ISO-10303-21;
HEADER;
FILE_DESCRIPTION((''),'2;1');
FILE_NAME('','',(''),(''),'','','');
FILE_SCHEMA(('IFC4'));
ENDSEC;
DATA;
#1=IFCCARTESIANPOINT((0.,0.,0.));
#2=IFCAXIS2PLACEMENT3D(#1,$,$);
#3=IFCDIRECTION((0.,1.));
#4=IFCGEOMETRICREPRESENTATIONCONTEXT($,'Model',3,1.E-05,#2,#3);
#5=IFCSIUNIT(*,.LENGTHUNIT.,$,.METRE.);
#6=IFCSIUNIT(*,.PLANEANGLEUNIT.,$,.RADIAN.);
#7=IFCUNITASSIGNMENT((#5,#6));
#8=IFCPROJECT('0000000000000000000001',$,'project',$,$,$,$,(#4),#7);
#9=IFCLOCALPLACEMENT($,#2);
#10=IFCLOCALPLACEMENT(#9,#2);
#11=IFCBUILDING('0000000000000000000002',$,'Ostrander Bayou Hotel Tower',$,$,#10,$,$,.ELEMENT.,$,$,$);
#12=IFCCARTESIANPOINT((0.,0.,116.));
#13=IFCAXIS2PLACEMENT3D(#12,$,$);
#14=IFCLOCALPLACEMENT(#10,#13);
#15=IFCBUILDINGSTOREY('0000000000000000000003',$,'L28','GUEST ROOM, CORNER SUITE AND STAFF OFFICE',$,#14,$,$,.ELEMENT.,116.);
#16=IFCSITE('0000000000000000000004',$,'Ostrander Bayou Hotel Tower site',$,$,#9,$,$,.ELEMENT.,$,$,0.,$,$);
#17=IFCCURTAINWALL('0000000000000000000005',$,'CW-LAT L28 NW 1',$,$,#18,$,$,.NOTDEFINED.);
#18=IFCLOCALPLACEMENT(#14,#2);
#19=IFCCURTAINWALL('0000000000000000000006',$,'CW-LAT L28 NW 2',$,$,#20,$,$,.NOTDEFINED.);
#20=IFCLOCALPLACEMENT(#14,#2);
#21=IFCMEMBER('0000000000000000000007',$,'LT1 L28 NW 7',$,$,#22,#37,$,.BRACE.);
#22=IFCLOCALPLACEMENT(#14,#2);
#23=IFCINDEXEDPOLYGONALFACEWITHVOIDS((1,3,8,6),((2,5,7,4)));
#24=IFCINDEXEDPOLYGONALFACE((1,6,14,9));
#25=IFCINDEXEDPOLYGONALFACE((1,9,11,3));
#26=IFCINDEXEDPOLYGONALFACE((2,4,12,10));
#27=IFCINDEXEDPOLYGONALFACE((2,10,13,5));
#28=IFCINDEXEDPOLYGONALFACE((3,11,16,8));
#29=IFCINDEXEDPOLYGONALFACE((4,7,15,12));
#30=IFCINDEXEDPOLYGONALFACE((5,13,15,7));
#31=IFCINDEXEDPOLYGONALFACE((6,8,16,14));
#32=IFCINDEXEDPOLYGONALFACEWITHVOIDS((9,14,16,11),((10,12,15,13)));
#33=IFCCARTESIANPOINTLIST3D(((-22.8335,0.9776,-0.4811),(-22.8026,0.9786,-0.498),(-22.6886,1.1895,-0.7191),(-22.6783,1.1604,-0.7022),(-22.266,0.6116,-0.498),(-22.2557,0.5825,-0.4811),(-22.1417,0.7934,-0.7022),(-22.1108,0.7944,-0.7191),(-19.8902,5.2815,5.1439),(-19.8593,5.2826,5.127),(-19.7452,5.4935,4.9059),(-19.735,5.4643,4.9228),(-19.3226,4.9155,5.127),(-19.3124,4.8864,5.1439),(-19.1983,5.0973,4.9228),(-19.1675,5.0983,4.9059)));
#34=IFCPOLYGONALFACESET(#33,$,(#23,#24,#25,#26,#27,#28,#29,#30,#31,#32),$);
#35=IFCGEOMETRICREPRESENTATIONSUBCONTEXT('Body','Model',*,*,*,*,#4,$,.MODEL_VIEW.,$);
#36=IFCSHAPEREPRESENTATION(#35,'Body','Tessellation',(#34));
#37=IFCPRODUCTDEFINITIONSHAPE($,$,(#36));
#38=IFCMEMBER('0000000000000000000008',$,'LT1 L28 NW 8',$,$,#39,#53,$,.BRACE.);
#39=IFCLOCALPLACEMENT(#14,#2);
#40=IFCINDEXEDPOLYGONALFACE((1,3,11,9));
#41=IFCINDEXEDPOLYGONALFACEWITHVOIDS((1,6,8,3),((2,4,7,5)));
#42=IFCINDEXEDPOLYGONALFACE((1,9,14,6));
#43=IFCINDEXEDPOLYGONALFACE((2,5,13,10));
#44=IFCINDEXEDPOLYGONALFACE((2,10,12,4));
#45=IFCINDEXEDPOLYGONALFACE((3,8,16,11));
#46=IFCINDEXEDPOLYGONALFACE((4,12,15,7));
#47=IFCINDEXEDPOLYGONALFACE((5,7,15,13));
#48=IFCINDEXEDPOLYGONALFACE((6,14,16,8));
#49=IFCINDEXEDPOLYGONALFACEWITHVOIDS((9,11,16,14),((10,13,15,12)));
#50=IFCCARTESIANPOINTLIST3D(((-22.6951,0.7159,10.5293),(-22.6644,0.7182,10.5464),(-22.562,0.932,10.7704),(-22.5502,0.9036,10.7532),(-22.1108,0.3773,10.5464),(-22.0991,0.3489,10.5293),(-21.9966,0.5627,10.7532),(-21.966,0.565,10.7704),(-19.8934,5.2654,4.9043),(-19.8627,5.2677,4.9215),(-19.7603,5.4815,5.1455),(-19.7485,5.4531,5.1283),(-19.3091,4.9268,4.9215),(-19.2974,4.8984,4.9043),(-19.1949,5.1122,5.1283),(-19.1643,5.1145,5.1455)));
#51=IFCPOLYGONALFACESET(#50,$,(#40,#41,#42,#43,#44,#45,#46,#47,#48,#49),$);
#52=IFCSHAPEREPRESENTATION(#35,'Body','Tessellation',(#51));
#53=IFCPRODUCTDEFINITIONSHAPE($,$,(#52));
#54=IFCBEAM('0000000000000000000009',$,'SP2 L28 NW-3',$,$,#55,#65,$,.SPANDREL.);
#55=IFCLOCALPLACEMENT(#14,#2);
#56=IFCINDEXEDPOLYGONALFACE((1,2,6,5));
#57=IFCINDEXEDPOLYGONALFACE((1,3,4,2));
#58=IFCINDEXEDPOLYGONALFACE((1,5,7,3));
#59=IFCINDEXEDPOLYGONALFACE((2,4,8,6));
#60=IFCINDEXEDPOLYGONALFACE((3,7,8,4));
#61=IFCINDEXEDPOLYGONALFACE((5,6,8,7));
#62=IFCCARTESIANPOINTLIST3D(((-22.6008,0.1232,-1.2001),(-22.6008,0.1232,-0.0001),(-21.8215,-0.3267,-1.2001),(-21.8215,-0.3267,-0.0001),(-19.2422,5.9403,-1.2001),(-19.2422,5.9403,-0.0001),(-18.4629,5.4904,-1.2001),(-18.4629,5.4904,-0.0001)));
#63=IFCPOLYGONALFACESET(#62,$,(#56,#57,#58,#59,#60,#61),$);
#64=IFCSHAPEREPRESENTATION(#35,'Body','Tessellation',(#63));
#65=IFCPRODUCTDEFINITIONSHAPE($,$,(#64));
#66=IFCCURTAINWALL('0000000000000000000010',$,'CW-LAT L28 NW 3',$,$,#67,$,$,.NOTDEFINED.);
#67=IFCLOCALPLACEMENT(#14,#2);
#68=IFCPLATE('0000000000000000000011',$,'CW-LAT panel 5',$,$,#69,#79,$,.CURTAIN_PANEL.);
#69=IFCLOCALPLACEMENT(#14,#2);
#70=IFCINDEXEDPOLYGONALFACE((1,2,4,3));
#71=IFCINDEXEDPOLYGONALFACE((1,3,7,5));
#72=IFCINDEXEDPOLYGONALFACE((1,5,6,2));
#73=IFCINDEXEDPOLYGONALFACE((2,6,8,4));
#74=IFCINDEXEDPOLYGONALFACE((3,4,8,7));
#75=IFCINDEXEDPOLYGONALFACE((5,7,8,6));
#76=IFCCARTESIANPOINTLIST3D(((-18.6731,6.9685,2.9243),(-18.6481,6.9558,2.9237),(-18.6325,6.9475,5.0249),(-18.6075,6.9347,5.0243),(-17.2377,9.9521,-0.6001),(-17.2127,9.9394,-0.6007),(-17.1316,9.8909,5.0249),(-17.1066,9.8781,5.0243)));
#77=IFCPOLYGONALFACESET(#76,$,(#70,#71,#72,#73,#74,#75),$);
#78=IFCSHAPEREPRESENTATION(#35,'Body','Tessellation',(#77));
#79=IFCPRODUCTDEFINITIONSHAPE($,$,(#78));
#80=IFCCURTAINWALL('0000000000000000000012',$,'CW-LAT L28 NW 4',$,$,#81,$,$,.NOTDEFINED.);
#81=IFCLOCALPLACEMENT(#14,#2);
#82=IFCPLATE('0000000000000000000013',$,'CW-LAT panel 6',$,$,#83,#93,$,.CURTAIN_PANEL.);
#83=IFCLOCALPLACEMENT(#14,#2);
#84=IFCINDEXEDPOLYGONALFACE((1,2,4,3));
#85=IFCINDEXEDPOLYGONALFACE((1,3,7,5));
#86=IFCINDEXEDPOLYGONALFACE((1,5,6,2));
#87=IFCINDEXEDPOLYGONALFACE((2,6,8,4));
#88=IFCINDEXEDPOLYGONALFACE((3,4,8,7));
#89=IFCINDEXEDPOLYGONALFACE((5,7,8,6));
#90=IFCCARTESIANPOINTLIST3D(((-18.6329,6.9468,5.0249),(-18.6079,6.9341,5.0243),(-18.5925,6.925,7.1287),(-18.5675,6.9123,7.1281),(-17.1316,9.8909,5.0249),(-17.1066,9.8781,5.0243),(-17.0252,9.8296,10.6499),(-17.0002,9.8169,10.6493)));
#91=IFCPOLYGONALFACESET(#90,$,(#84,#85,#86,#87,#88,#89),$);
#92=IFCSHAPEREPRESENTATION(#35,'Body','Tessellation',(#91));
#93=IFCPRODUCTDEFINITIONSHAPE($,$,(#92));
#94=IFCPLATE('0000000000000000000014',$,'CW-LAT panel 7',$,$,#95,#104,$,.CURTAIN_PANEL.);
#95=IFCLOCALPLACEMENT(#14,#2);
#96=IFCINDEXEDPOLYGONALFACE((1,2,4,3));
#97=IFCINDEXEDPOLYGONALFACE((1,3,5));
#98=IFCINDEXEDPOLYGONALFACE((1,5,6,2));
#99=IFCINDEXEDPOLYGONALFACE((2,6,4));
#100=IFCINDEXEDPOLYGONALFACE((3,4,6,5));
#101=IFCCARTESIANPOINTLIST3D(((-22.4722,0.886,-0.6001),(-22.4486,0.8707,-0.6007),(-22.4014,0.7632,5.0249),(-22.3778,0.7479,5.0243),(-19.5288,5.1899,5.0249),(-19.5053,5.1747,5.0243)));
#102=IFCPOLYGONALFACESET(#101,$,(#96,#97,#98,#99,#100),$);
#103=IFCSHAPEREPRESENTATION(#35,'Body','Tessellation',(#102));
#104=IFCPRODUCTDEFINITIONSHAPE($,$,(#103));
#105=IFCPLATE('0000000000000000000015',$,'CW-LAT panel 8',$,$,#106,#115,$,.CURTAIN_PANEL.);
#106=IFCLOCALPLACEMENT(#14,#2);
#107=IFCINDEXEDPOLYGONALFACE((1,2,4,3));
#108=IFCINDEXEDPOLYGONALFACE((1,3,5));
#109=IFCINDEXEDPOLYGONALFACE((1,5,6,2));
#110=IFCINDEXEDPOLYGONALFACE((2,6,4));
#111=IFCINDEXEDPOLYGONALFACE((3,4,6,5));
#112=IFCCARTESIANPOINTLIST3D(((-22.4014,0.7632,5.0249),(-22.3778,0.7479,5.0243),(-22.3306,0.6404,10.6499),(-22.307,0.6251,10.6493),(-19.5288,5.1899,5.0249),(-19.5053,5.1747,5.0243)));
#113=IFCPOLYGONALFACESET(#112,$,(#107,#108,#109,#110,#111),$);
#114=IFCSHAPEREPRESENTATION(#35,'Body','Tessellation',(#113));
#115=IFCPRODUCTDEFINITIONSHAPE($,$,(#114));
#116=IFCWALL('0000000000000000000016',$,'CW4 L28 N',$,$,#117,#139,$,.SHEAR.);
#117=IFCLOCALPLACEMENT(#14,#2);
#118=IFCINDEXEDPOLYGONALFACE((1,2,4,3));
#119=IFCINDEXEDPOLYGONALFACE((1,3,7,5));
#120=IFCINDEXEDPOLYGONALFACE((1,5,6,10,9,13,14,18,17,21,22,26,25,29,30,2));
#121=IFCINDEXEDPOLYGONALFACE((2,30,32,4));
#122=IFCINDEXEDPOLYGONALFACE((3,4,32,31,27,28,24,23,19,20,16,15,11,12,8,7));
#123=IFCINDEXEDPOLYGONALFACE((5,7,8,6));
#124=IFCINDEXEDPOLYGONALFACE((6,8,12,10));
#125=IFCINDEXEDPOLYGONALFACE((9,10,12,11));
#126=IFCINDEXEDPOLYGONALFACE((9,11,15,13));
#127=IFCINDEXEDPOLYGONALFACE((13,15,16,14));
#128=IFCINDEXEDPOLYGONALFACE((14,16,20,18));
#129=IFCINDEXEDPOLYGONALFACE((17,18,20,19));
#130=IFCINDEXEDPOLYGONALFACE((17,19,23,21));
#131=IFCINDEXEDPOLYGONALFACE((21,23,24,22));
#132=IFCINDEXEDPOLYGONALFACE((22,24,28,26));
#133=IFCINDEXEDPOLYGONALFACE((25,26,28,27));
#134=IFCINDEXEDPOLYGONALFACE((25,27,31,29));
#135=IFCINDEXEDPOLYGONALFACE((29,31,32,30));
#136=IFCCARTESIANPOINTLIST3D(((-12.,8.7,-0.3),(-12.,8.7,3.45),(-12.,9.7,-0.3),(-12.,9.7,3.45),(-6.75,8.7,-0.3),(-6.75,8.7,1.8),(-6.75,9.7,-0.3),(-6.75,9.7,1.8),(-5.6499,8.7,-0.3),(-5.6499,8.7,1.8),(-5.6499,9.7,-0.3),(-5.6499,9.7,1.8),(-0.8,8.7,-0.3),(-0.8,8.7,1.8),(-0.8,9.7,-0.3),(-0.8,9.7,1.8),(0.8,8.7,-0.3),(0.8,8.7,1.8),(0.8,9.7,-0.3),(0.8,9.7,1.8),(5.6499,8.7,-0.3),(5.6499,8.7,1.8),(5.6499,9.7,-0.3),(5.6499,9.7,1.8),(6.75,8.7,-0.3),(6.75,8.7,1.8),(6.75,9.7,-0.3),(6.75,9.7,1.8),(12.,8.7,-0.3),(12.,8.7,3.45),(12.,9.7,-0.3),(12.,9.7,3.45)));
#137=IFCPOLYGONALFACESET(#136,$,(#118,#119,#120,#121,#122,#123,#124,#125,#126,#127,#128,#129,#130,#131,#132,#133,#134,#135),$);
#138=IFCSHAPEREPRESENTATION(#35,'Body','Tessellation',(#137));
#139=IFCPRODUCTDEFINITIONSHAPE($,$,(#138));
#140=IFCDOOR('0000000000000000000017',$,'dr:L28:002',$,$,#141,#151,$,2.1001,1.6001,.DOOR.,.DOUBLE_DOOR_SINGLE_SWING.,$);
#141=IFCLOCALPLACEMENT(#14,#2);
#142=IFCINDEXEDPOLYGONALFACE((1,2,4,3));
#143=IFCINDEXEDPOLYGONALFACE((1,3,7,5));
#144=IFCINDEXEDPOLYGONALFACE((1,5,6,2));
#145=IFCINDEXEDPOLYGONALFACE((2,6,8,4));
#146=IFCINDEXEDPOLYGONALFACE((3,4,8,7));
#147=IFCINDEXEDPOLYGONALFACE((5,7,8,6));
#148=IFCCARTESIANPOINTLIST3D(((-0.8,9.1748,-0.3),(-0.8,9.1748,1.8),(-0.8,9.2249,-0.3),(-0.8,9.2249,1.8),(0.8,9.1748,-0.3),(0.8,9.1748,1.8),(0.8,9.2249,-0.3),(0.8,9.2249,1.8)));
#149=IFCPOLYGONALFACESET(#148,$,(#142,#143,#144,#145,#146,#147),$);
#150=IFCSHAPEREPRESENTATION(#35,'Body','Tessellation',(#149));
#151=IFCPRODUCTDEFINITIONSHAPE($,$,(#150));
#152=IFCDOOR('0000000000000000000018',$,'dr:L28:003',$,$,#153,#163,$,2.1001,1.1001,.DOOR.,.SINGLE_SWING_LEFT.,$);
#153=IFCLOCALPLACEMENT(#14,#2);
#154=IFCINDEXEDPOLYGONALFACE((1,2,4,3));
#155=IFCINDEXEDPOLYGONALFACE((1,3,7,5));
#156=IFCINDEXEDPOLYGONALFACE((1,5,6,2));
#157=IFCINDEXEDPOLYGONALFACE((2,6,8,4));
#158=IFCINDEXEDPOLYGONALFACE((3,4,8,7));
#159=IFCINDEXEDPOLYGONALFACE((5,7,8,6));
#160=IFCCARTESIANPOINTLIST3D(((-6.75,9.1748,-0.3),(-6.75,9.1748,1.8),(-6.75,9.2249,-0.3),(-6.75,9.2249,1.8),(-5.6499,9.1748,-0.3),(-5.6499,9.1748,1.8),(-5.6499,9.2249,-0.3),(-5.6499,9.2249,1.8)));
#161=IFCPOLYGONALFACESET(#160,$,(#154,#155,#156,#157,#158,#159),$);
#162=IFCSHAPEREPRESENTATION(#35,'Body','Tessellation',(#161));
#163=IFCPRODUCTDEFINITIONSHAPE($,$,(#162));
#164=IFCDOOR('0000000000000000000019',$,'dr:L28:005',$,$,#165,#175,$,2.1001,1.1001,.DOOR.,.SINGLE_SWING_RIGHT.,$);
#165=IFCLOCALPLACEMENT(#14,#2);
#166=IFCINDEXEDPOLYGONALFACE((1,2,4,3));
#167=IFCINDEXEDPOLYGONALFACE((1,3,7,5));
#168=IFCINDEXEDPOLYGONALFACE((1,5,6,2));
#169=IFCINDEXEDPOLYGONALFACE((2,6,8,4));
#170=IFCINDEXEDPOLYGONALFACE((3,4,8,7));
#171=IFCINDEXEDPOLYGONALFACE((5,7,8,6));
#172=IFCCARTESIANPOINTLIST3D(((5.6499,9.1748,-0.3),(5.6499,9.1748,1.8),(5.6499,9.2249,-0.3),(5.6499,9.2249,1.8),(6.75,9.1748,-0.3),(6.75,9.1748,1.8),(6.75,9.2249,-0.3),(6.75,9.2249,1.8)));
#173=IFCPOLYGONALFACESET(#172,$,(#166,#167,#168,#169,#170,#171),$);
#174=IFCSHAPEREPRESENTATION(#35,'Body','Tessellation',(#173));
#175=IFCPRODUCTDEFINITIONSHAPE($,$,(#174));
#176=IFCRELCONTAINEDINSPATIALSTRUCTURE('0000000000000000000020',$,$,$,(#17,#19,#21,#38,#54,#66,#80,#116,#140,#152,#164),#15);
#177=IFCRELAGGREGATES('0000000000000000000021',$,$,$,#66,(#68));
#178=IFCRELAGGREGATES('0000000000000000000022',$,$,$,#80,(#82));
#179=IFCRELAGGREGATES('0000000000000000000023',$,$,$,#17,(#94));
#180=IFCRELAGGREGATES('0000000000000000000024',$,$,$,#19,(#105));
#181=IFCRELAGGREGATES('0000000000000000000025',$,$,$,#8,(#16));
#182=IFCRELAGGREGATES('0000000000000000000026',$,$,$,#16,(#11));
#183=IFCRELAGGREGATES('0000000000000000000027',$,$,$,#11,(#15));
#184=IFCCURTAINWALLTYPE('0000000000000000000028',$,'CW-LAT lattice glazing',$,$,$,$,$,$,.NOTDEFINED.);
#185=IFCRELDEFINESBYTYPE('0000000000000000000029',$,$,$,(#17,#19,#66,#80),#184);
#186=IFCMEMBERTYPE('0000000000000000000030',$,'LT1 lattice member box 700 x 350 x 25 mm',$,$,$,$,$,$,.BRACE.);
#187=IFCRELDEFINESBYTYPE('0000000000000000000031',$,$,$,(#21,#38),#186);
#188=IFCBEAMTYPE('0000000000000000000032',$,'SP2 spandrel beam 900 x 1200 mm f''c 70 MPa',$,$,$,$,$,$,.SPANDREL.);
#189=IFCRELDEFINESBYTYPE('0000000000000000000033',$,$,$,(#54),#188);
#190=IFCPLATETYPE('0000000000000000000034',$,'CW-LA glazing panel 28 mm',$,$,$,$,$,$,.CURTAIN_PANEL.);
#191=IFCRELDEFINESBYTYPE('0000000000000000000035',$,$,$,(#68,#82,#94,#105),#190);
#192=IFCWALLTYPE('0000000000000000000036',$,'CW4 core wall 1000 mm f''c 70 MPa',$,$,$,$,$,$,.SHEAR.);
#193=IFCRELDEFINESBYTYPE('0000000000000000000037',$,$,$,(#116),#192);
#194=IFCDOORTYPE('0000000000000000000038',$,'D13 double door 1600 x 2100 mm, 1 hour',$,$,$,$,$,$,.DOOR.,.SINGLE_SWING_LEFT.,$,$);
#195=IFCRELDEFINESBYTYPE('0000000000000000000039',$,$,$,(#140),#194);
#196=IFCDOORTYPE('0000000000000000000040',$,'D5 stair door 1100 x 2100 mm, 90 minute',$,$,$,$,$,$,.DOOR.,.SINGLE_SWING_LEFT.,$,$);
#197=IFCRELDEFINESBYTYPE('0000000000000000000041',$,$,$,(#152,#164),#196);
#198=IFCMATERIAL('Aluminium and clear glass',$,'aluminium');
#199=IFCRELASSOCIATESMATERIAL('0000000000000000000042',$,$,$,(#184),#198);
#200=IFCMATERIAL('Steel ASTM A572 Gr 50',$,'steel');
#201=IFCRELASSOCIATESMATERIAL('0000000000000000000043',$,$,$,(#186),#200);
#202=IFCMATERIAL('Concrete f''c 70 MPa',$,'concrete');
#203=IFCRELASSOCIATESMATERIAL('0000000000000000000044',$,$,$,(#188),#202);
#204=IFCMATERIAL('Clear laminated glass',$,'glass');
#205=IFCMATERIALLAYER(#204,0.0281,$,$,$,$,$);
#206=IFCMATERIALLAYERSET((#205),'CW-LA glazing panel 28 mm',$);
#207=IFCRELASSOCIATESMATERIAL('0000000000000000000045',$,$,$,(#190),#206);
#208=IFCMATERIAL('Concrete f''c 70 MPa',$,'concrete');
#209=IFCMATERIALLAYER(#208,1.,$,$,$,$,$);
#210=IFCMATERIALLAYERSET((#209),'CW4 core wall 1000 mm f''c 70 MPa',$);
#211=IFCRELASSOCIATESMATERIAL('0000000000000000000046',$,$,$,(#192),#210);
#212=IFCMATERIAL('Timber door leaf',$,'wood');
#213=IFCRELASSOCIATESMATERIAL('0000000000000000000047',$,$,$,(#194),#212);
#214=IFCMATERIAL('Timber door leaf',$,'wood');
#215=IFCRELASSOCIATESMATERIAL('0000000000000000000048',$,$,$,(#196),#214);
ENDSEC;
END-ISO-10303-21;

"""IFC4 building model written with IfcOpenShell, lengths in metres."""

from ifc_helpers import new_model, si_unit, direction, frame, frame_2d, origin, origin_2d, place, context, subcontext, project, spatial, polyline, rectangle, hollow_rectangle, outline, extrude, material, layer, layer_set, material_profile, profile_set, type_object, element, fill, aggregate, save


model = new_model("IFC4")

# Units and contexts
model_context = context("Model", 3, precision=1e-05, world=origin(), true_north=direction((0.0, 1.0)))
body_context = subcontext(model_context, "Body", "Model", "MODEL_VIEW")
ifc_project = project(units=[si_unit("LENGTHUNIT", "METRE"), si_unit("PLANEANGLEUNIT", "RADIAN")], contexts=[model_context])

# Site, building, storey
site_placement = place(None, origin())
site = spatial("IfcSite", under=ifc_project, at=site_placement, Name="Ostrander Bayou Hotel Tower site", CompositionType="ELEMENT", RefElevation=0.0)
building_placement = place(site_placement, origin())
building = spatial("IfcBuilding", under=site, at=building_placement, Name="Ostrander Bayou Hotel Tower", CompositionType="ELEMENT")
storey_placement = place(building_placement, frame((0.0, 0.0, 116.0)))
storey = spatial("IfcBuildingStorey", under=building, at=storey_placement, Name="L28", Description="GUEST ROOM, CORNER SUITE AND STAFF OFFICE", CompositionType="ELEMENT", Elevation=116.0)

# Curtain wall
ifc_material_1 = material(Name="Aluminium and clear glass", Category="aluminium")
curtain_wall_type = type_object("IfcCurtainWallType", Name="CW-LAT lattice glazing", PredefinedType="NOTDEFINED", material=ifc_material_1)
curtain_wall_1_placement = place(storey_placement, origin())
curtain_wall_1 = element("IfcCurtainWall", 1, at=curtain_wall_1_placement, inside=storey, type_object=curtain_wall_type, Name="CW-LAT L28 NW 1", PredefinedType="NOTDEFINED")

# Curtain wall
curtain_wall_2_placement = place(storey_placement, origin())
curtain_wall_2 = element("IfcCurtainWall", 2, at=curtain_wall_2_placement, inside=storey, type_object=curtain_wall_type, Name="CW-LAT L28 NW 2", PredefinedType="NOTDEFINED")

# Members
ifc_material_2 = material(Name="Steel ASTM A572 Gr 50", Category="steel")
ifc_material_profile_1 = material_profile(ifc_material_2, hollow_rectangle(XDim=0.7, YDim=0.3501, WallThickness=0.0249, at=origin_2d()))
ifc_profile_set_1 = profile_set([ifc_material_profile_1], Name="Steel ASTM A572 Gr 50")
member_type_1 = type_object("IfcMemberType", Name="LT1 lattice member box 700 x 350 x 25 mm", PredefinedType="BRACE", material=ifc_profile_set_1)
member_1_placement = place(storey_placement, frame((-19.5288, 5.1899, 5.0249), z_axis=(-0.383752, -0.561146, -0.733382), x_axis=(0.825437, -0.564494, 0.0)))
element("IfcMember", 3, at=member_1_placement, inside=storey, type_object=member_type_1, Name="LT1 L28 NW 7", PredefinedType="BRACE", context=body_context, shape_type="SweptSolid", body=[
    extrude(hollow_rectangle(XDim=0.7, YDim=0.3501, WallThickness=0.0249, at=origin_2d()), origin(), (0.0, 0.0, 1.0), 7.6699),
])
member_2_placement = place(storey_placement, frame((-19.5288, 5.1899, 5.0249), z_axis=(-0.361137, -0.586423, 0.725043), x_axis=(0.851489, -0.524373, 0.0)))
element("IfcMember", 4, at=member_2_placement, inside=storey, type_object=member_type_1, Name="LT1 L28 NW 8", PredefinedType="BRACE", context=body_context, shape_type="SweptSolid", body=[
    extrude(hollow_rectangle(XDim=0.7, YDim=0.3501, WallThickness=0.0249, at=origin_2d()), origin(), (0.0, 0.0, 1.0), 7.7581),
])

# Beam
ifc_material_3 = material(Name="Concrete f'c 70 MPa", Category="concrete")
ifc_material_profile_2 = material_profile(ifc_material_3, rectangle(XDim=0.8999, YDim=1.2, at=origin_2d()))
ifc_profile_set_2 = profile_set([ifc_material_profile_2], Name="Concrete f'c 70 MPa")
beam_type_1 = type_object("IfcBeamType", Name="SP2 spandrel beam 900 x 1200 mm f'c 70 MPa", PredefinedType="SPANDREL", material=ifc_profile_set_2)
beam_1_placement = place(storey_placement, frame((-18.8525, 5.7153, -0.6001), z_axis=(-0.500013, -0.866018, 0.0), x_axis=(0.866018, -0.500013, 0.0)))
element("IfcBeam", 5, at=beam_1_placement, inside=storey, type_object=beam_type_1, Name="SP2 L28 NW-3", PredefinedType="SPANDREL", context=body_context, shape_type="SweptSolid", body=[
    extrude(rectangle(XDim=0.8999, YDim=1.2, at=origin_2d()), origin(), (0.0, 0.0, 1.0), 6.717),
])

# Curtain walls, plates
curtain_wall_3_placement = place(storey_placement, origin())
curtain_wall_3 = element("IfcCurtainWall", 6, at=curtain_wall_3_placement, inside=storey, type_object=curtain_wall_type, Name="CW-LAT L28 NW 3", PredefinedType="NOTDEFINED")
ifc_material_4 = material(Name="Clear laminated glass", Category="glass")
ifc_layer_1 = layer(ifc_material_4, 0.0281)
ifc_layer_set_1 = layer_set([ifc_layer_1], Name="CW-LA glazing panel 28 mm")
plate_type = type_object("IfcPlateType", Name="CW-LA glazing panel 28 mm", PredefinedType="CURTAIN_PANEL", material=ifc_layer_set_1)
plate_1_placement = place(storey_placement, frame((-18.6731, 6.9685, 2.9243), z_axis=(-0.89065, 0.454169, 0.021752), x_axis=(0.296827, 0.617001, -0.728837)))
plate_1 = element("IfcPlate", 7, at=plate_1_placement, type_object=plate_type, Name="CW-LAT panel 5", PredefinedType="CURTAIN_PANEL", context=body_context, shape_type="SweptSolid", body=[
    extrude(outline(polyline([(0.0, 0.0), (4.8357, 0.0), (0.7297, -3.8466), (-1.5319, -1.438), (0.0, 0.0)])), origin(), (0.0, 0.0, -1.0), 0.0281),
])
aggregate(curtain_wall_3, [plate_1])
curtain_wall_4_placement = place(storey_placement, origin())
curtain_wall_4 = element("IfcCurtainWall", 8, at=curtain_wall_4_placement, inside=storey, type_object=curtain_wall_type, Name="CW-LAT L28 NW 4", PredefinedType="NOTDEFINED")
plate_2_placement = place(storey_placement, frame((-18.5925, 6.925, 7.1287), z_axis=(-0.890645, 0.454178, 0.021787), x_axis=(0.32475, 0.601836, 0.72961)))
plate_2 = element("IfcPlate", 9, at=plate_2_placement, type_object=plate_type, Name="CW-LAT panel 6", PredefinedType="CURTAIN_PANEL", context=body_context, shape_type="SweptSolid", body=[
    extrude(outline(polyline([(0.0, 0.0), (4.8262, 0.0), (0.7245, 3.8512), (-1.5349, 1.4394), (0.0, 0.0)])), origin(), (0.0, 0.0, -1.0), 0.0281),
])
aggregate(curtain_wall_4, [plate_2])

# Plates
plate_3_placement = place(storey_placement, frame((-19.5288, 5.1899, 5.0249), z_axis=(-0.838651, 0.544207, 0.022437), x_axis=(-0.383752, -0.561146, -0.733382)))
plate_3 = element("IfcPlate", 10, at=plate_3_placement, type_object=plate_type, Name="CW-LAT panel 7", PredefinedType="CURTAIN_PANEL", context=body_context, shape_type="SweptSolid", body=[
    extrude(outline(polyline([(0.0, 0.0), (7.6699, 0.0), (3.5864, 3.8711), (0.0, 0.0)])), origin(), (0.0, 0.0, -1.0), 0.0281),
])
aggregate(curtain_wall_1, [plate_3])
plate_4_placement = place(storey_placement, frame((-19.5288, 5.1899, 5.0249), z_axis=(-0.838651, 0.544207, 0.022437), x_axis=(-0.361137, -0.586423, 0.725043)))
plate_4 = element("IfcPlate", 11, at=plate_4_placement, type_object=plate_type, Name="CW-LAT panel 8", PredefinedType="CURTAIN_PANEL", context=body_context, shape_type="SweptSolid", body=[
    extrude(outline(polyline([(0.0, 0.0), (7.7582, 0.0), (3.6333, -3.8271), (0.0, 0.0)])), origin(), (0.0, 0.0, -1.0), 0.0281),
])
aggregate(curtain_wall_2, [plate_4])

# Wall, openings, doors
ifc_material_5 = material(Name="Concrete f'c 70 MPa", Category="concrete")
ifc_layer_2 = layer(ifc_material_5, 1.0)
ifc_layer_set_2 = layer_set([ifc_layer_2], Name="CW4 core wall 1000 mm f'c 70 MPa")
wall_type_1 = type_object("IfcWallType", Name="CW4 core wall 1000 mm f'c 70 MPa", PredefinedType="SHEAR", material=ifc_layer_set_2)
wall_1_placement = place(storey_placement, frame((-12.0, 9.2, -0.3), z_axis=(0.0, 0.0, 1.0), x_axis=(1.0, 0.0, 0.0)))
wall_1 = element("IfcWall", 12, at=wall_1_placement, inside=storey, type_object=wall_type_1, Name="CW4 L28 N", PredefinedType="SHEAR", context=body_context, shape_type="SweptSolid", body=[
    extrude(rectangle(XDim=24.0, YDim=1.0, at=frame_2d((12.0, 0.0))), origin(), (0.0, 0.0, 1.0), 3.75),
])
opening_1_placement = place(wall_1_placement, frame((11.2, 0.0, 0.0)))
opening_1 = element("IfcOpeningElement", 13, at=opening_1_placement, cuts=wall_1, PredefinedType="OPENING", context=body_context, shape_type="SweptSolid", body=[
    extrude(rectangle(XDim=1.6001, YDim=2.1001, at=frame_2d((0.8, 1.05))), frame((0.0, 0.5, 0.0), z_axis=(0.0, -1.0, 0.0), x_axis=(1.0, 0.0, 0.0)), (0.0, 0.0, 1.0), 1.0),
])
opening_2_placement = place(wall_1_placement, frame((5.25, 0.0, 0.0)))
opening_2 = element("IfcOpeningElement", 14, at=opening_2_placement, cuts=wall_1, PredefinedType="OPENING", context=body_context, shape_type="SweptSolid", body=[
    extrude(rectangle(XDim=1.1001, YDim=2.1001, at=frame_2d((0.55, 1.05))), frame((0.0, 0.5, 0.0), z_axis=(0.0, -1.0, 0.0), x_axis=(1.0, 0.0, 0.0)), (0.0, 0.0, 1.0), 1.0),
])
opening_3_placement = place(wall_1_placement, frame((17.6499, 0.0, 0.0)))
opening_3 = element("IfcOpeningElement", 15, at=opening_3_placement, cuts=wall_1, PredefinedType="OPENING", context=body_context, shape_type="SweptSolid", body=[
    extrude(rectangle(XDim=1.1001, YDim=2.1001, at=frame_2d((0.55, 1.05))), frame((0.0, 0.5, 0.0), z_axis=(0.0, -1.0, 0.0), x_axis=(1.0, 0.0, 0.0)), (0.0, 0.0, 1.0), 1.0),
])
ifc_material_6 = material(Name="Timber door leaf", Category="wood")
door_type_1 = type_object("IfcDoorType", Name="D13 double door 1600 x 2100 mm, 1 hour", OperationType="SINGLE_SWING_LEFT", PredefinedType="DOOR", material=ifc_material_6)
door_1_placement = place(opening_1_placement, origin())
door_1 = element("IfcDoor", 16, at=door_1_placement, inside=storey, type_object=door_type_1, Name="dr:L28:002", OperationType="DOUBLE_DOOR_SINGLE_SWING", OverallHeight=2.1001, OverallWidth=1.6001, PredefinedType="DOOR", context=body_context, shape_type="SweptSolid", body=[
    extrude(rectangle(XDim=1.6001, YDim=2.1001, at=frame_2d((0.8, 1.05))), frame((0.0, 0.0249, 0.0), z_axis=(0.0, -1.0, 0.0), x_axis=(1.0, 0.0, 0.0)), (0.0, 0.0, 1.0), 0.05),
])
fill(opening_1, door_1)
ifc_material_7 = material(Name="Timber door leaf", Category="wood")
door_type_2 = type_object("IfcDoorType", Name="D5 stair door 1100 x 2100 mm, 90 minute", OperationType="SINGLE_SWING_LEFT", PredefinedType="DOOR", material=ifc_material_7)
door_2_placement = place(opening_2_placement, origin())
door_2 = element("IfcDoor", 17, at=door_2_placement, inside=storey, type_object=door_type_2, Name="dr:L28:003", OperationType="SINGLE_SWING_LEFT", OverallHeight=2.1001, OverallWidth=1.1001, PredefinedType="DOOR", context=body_context, shape_type="SweptSolid", body=[
    extrude(rectangle(XDim=1.1001, YDim=2.1001, at=frame_2d((0.55, 1.05))), frame((0.0, 0.0249, 0.0), z_axis=(0.0, -1.0, 0.0), x_axis=(1.0, 0.0, 0.0)), (0.0, 0.0, 1.0), 0.05),
])
fill(opening_2, door_2)
door_3_placement = place(opening_3_placement, origin())
door_3 = element("IfcDoor", 18, at=door_3_placement, inside=storey, type_object=door_type_2, Name="dr:L28:005", OperationType="SINGLE_SWING_RIGHT", OverallHeight=2.1001, OverallWidth=1.1001, PredefinedType="DOOR", context=body_context, shape_type="SweptSolid", body=[
    extrude(rectangle(XDim=1.1001, YDim=2.1001, at=frame_2d((0.55, 1.05))), frame((0.0, 0.0249, 0.0), z_axis=(0.0, -1.0, 0.0), x_axis=(1.0, 0.0, 0.0)), (0.0, 0.0, 1.0), 0.05),
])
fill(opening_3, door_3)

save(model, "model.ifc")
